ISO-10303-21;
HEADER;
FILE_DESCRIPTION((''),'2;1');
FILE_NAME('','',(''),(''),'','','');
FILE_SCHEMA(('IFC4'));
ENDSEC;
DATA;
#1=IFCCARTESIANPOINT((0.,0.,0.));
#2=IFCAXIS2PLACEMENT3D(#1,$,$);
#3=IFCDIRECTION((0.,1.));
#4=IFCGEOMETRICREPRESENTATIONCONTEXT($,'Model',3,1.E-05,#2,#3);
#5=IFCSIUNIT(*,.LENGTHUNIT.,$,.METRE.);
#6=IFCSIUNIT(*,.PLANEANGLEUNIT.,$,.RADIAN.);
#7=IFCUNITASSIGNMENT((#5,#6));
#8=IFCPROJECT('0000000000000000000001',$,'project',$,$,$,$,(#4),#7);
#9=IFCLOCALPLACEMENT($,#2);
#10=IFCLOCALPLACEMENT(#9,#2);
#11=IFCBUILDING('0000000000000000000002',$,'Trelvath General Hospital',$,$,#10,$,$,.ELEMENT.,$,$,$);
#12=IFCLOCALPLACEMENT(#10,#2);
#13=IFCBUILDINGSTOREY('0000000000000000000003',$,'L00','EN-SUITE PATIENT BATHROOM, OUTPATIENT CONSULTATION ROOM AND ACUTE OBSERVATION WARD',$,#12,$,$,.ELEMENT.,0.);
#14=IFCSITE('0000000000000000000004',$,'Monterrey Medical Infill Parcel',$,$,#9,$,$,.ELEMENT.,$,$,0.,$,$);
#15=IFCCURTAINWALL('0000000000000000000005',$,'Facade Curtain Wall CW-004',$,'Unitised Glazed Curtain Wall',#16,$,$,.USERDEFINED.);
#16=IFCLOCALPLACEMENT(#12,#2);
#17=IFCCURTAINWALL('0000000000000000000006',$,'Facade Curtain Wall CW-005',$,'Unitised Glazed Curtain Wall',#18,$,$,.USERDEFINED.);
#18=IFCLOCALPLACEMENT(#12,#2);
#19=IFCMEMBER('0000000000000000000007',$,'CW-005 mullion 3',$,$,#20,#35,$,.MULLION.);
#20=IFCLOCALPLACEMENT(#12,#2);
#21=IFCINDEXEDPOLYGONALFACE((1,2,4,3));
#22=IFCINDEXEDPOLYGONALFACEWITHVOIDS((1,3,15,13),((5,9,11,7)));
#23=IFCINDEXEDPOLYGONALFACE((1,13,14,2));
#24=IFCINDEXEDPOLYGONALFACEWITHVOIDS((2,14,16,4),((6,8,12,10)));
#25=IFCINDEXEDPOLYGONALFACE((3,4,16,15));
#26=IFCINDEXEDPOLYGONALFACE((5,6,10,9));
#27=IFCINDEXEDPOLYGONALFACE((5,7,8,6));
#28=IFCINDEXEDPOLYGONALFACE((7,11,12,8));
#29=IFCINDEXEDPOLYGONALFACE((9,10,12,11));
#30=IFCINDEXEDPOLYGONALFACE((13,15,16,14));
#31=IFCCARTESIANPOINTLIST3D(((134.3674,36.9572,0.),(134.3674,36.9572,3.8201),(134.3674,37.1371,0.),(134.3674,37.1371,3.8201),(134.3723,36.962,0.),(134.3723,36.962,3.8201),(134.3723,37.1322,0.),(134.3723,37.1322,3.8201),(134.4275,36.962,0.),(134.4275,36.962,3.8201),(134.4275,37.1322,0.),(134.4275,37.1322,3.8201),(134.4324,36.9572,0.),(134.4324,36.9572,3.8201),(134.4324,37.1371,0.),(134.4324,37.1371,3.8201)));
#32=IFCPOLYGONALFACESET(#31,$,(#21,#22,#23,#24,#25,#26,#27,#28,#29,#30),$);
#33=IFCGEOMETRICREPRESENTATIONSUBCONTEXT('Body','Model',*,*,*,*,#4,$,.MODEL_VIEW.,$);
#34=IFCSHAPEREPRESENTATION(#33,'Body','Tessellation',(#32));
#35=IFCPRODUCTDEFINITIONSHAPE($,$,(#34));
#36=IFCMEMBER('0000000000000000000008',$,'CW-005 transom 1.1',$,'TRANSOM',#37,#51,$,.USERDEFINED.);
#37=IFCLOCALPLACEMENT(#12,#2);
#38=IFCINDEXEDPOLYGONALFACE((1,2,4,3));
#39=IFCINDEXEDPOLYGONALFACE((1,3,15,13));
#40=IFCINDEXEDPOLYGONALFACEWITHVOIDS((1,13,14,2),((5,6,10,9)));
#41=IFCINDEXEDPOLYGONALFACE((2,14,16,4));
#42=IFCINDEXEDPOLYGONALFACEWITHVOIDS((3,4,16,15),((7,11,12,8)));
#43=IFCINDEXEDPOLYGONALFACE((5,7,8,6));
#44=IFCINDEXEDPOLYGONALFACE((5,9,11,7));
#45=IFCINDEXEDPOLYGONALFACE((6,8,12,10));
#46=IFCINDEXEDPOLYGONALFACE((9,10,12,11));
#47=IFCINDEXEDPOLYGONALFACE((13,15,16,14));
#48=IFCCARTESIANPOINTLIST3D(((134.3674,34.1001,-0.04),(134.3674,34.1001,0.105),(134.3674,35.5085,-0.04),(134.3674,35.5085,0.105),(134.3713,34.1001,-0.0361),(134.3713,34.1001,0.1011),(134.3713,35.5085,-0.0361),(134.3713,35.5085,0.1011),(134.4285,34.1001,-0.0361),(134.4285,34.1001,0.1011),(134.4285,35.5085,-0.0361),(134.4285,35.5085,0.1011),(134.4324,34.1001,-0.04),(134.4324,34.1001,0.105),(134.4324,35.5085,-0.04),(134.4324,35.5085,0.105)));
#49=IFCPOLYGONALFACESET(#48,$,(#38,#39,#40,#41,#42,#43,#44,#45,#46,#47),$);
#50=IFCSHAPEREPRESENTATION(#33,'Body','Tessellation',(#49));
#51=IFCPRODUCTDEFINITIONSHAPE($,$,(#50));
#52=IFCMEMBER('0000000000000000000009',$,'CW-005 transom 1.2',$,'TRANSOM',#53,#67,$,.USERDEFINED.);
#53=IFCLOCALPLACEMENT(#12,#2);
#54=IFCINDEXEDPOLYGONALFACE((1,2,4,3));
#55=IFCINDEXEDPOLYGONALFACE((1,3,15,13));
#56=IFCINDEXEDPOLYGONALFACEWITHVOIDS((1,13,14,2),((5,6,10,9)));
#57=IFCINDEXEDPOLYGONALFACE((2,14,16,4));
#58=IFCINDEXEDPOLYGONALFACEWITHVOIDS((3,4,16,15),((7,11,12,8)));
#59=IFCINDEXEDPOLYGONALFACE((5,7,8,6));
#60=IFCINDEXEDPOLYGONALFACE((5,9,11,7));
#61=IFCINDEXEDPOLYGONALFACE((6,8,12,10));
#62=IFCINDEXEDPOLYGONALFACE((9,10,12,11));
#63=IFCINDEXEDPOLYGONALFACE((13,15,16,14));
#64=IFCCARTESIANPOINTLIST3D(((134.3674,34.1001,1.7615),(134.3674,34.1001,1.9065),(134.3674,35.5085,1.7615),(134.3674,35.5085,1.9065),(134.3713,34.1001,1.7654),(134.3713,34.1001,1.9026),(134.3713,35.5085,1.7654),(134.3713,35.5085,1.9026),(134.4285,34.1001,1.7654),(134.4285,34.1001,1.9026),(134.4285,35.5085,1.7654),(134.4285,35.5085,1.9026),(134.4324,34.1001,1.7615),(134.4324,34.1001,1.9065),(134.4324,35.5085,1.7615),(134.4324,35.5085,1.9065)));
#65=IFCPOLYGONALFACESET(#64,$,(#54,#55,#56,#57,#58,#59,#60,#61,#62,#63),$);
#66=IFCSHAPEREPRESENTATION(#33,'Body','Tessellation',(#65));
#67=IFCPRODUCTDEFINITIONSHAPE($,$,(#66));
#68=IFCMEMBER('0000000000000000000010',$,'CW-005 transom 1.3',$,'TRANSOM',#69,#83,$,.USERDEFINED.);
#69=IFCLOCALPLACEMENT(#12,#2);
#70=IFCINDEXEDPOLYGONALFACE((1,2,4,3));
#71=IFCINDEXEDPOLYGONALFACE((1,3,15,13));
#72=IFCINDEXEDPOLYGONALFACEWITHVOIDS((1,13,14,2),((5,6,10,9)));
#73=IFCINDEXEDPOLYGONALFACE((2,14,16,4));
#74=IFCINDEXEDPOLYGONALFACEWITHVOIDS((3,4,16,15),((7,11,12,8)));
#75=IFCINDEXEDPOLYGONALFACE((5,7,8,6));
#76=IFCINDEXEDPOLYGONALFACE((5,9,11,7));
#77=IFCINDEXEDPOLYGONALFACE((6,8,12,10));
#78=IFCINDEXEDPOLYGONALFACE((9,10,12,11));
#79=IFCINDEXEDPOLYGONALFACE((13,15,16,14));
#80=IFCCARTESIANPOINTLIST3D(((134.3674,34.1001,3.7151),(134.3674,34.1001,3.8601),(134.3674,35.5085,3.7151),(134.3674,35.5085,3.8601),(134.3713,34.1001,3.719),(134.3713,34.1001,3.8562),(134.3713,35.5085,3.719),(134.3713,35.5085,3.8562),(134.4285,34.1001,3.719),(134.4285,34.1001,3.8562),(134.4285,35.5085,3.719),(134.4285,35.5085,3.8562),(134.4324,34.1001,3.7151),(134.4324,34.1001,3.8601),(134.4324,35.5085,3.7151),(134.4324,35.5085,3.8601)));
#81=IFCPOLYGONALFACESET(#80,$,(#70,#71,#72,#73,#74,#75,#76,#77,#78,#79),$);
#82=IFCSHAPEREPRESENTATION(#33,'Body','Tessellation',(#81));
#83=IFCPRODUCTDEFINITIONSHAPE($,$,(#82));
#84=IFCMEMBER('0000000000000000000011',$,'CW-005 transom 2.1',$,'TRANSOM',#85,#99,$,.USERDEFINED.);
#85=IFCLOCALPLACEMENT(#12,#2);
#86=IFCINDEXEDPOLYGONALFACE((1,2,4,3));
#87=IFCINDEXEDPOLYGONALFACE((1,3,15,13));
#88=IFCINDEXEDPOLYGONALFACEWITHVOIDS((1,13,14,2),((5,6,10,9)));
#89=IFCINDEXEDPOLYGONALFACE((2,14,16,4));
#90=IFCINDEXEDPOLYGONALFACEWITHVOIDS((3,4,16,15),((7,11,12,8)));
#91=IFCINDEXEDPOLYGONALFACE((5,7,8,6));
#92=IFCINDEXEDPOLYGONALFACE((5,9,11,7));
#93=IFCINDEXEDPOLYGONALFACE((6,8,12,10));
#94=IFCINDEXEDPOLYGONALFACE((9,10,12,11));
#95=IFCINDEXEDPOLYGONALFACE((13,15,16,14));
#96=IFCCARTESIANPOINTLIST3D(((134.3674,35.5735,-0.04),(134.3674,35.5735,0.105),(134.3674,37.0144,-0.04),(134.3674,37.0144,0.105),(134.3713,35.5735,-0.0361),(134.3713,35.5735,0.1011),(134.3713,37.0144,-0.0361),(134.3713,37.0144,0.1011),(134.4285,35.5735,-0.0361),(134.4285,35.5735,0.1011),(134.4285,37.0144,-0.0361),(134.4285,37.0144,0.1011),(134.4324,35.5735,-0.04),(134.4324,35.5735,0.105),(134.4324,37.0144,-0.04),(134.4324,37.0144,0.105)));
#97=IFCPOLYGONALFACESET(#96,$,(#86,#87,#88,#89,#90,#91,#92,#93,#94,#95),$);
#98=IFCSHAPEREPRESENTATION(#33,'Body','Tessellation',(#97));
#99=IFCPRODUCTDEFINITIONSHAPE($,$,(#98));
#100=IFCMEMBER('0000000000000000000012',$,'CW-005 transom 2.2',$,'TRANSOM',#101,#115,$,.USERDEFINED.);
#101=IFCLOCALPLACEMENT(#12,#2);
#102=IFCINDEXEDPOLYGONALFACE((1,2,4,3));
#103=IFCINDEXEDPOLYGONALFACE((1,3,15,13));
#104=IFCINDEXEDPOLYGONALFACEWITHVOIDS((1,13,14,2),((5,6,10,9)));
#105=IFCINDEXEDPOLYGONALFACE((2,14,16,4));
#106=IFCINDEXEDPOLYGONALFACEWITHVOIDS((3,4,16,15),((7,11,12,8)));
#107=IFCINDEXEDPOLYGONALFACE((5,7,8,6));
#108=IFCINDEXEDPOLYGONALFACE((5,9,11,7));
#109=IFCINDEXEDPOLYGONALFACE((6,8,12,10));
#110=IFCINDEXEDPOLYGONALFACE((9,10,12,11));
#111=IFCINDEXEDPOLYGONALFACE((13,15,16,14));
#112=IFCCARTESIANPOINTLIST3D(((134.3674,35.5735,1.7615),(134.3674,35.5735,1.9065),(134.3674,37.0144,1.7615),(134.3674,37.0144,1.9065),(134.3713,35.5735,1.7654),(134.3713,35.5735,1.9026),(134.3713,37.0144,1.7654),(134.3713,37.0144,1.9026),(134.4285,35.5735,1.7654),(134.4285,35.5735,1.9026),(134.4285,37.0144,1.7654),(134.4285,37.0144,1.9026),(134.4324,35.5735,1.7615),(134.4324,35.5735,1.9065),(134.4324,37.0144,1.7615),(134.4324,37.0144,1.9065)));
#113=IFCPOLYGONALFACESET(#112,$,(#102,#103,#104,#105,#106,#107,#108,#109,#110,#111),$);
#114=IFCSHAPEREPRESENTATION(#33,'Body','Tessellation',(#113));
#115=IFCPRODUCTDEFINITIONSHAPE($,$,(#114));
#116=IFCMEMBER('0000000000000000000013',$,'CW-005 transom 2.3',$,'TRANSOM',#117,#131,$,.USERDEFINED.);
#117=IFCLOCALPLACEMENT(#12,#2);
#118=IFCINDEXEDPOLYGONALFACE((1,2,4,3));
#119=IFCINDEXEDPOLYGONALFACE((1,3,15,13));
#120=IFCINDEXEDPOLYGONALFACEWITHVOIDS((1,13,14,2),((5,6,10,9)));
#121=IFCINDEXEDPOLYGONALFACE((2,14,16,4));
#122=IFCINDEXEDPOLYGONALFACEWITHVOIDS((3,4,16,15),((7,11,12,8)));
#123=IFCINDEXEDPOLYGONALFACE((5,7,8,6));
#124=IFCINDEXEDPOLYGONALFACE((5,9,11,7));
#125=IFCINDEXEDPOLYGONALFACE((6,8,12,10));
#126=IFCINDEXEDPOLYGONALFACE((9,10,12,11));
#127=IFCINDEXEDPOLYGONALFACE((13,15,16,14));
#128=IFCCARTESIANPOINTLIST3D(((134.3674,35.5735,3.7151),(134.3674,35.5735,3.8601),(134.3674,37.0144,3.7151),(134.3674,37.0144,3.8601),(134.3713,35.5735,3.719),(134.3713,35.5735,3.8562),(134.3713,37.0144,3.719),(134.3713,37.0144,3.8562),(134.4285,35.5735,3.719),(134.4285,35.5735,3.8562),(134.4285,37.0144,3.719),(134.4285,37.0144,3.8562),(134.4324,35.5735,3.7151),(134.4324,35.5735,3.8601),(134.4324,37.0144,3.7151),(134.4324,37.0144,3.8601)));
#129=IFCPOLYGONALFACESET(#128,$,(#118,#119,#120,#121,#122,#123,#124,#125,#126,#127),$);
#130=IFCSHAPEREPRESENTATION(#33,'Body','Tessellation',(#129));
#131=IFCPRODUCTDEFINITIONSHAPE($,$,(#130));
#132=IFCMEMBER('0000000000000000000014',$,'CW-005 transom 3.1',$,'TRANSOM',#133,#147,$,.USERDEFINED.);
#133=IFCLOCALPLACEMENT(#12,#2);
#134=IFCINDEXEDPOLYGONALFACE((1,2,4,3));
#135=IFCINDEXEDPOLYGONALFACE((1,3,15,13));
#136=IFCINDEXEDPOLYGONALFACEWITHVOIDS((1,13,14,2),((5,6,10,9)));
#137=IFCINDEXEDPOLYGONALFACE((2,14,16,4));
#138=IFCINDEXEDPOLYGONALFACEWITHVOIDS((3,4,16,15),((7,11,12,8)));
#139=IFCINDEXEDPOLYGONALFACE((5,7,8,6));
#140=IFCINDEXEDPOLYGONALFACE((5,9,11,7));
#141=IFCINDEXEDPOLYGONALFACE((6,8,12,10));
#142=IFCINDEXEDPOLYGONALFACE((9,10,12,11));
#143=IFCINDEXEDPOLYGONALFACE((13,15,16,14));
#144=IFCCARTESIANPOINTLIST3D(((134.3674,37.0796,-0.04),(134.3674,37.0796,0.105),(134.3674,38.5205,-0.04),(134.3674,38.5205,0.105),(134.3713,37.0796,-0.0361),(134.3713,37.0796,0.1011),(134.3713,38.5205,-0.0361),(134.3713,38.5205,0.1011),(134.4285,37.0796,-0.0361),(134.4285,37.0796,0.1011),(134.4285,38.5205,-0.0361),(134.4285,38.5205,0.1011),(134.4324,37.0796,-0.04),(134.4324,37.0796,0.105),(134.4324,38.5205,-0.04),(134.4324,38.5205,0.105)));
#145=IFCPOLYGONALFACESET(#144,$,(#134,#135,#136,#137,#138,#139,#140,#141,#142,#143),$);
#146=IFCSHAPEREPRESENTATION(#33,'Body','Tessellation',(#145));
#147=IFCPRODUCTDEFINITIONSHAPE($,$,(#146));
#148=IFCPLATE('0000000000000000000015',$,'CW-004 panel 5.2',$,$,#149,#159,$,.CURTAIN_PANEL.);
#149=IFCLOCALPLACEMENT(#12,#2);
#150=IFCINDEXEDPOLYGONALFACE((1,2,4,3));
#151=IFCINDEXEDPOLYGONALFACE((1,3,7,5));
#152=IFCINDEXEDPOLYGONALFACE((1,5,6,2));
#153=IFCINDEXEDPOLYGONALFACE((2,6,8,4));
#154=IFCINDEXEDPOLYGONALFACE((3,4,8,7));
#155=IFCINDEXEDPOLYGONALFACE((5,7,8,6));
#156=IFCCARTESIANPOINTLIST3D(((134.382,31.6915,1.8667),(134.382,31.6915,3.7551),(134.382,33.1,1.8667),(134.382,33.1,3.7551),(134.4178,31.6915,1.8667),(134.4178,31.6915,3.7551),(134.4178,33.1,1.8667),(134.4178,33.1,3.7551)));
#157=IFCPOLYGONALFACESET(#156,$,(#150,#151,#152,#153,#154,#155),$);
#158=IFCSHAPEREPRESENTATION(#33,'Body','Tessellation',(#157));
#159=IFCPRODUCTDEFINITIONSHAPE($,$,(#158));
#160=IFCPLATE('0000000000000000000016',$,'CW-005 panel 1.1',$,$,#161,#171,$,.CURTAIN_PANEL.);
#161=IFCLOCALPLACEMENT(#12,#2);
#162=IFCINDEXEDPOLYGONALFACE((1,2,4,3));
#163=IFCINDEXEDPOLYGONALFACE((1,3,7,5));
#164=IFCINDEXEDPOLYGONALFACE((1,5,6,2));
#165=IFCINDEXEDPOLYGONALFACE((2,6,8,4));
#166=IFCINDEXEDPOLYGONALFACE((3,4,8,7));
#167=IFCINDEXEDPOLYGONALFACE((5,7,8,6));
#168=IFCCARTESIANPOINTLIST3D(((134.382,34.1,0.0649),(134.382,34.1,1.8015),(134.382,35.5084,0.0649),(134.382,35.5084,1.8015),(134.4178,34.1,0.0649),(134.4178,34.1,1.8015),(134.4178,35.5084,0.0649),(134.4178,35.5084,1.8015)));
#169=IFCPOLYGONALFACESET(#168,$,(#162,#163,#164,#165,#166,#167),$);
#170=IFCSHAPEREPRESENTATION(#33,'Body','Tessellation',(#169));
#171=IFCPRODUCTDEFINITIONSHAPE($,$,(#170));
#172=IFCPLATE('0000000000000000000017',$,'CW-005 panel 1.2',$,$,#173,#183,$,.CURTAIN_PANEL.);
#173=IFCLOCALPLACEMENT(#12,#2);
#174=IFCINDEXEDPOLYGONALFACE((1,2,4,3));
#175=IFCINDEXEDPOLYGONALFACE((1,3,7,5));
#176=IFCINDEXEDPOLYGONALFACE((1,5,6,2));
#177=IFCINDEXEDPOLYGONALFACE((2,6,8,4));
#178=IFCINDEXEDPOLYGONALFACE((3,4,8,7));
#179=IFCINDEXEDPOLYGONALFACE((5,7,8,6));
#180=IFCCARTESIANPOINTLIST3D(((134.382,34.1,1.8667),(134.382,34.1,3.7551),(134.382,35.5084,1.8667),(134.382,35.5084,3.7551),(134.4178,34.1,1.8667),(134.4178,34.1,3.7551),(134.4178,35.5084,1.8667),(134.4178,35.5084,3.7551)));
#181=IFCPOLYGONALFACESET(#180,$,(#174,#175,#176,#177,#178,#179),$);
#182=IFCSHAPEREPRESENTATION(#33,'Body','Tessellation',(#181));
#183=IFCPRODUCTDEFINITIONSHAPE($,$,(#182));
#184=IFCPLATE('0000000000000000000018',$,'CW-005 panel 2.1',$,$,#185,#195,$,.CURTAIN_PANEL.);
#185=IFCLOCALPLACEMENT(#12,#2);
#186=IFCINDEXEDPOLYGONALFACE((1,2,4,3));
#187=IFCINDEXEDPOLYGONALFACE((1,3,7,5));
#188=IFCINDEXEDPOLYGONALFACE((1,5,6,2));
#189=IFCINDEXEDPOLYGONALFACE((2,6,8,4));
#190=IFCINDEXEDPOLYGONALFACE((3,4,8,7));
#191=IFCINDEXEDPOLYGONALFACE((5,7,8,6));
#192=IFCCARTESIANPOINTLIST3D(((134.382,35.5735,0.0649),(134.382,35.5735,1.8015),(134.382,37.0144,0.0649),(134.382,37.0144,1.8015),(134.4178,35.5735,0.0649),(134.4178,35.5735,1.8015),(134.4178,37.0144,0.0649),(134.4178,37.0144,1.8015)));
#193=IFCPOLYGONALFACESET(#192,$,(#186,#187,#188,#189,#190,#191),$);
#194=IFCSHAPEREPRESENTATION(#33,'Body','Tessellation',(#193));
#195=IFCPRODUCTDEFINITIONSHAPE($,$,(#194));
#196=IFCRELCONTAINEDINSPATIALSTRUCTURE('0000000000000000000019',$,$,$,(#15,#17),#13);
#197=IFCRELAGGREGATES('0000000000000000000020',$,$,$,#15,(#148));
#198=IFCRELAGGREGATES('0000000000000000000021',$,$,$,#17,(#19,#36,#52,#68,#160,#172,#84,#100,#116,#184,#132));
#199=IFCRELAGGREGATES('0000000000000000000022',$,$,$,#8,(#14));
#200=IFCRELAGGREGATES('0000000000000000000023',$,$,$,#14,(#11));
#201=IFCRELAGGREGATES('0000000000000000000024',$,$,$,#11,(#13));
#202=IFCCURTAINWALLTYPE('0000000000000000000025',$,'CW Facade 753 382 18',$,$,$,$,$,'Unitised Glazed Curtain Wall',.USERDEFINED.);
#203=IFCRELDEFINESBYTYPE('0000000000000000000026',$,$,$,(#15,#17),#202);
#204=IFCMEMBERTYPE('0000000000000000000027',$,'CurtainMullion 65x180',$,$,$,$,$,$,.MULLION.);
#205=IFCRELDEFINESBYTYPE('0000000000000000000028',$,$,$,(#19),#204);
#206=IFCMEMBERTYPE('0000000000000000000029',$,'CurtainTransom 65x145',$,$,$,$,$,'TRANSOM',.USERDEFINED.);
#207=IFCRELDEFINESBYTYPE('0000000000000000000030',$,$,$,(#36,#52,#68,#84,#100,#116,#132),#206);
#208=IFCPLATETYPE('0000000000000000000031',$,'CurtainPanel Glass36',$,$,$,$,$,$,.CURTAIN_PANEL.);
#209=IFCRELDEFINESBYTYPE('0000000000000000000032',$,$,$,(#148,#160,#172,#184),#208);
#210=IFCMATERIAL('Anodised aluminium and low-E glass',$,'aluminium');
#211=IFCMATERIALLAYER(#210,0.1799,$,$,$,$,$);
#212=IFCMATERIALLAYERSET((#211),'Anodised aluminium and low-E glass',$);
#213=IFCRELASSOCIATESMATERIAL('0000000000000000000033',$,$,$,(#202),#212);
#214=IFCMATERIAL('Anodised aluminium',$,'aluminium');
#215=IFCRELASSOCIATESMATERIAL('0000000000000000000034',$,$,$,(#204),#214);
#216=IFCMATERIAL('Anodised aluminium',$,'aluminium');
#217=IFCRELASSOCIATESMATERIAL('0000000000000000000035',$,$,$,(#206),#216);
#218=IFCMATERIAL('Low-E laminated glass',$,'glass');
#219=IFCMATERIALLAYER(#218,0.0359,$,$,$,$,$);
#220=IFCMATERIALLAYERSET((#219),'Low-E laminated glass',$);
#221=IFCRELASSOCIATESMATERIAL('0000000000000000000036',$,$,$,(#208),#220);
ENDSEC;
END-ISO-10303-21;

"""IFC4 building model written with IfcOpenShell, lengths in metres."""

from ifc_helpers import new_model, si_unit, direction, frame, origin, origin_2d, place, context, subcontext, project, spatial, rectangle, hollow_rectangle, extrude, material, layer, layer_set, material_profile, profile_set, type_object, element, aggregate, save


model = new_model("IFC4")

# Units and contexts
model_context = context("Model", 3, precision=1e-05, world=origin(), true_north=direction((0.0, 1.0)))
body_context = subcontext(model_context, "Body", "Model", "MODEL_VIEW")
ifc_project = project(units=[si_unit("LENGTHUNIT", "METRE"), si_unit("PLANEANGLEUNIT", "RADIAN")], contexts=[model_context])

# Site, building, storey
site_placement = place(None, origin())
site = spatial("IfcSite", under=ifc_project, at=site_placement, Name="Monterrey Medical Infill Parcel", CompositionType="ELEMENT", RefElevation=0.0)
building_placement = place(site_placement, origin())
building = spatial("IfcBuilding", under=site, at=building_placement, Name="Trelvath General Hospital", CompositionType="ELEMENT")
storey_placement = place(building_placement, origin())
storey = spatial("IfcBuildingStorey", under=building, at=storey_placement, Name="L00", Description="EN-SUITE PATIENT BATHROOM, OUTPATIENT CONSULTATION ROOM AND ACUTE OBSERVATION WARD", CompositionType="ELEMENT", Elevation=0.0)

# Curtain wall
ifc_material_1 = material(Name="Anodised aluminium and low-E glass", Category="aluminium")
ifc_layer_1 = layer(ifc_material_1, 0.1799)
ifc_layer_set_1 = layer_set([ifc_layer_1], Name="Anodised aluminium and low-E glass")
curtain_wall_type = type_object("IfcCurtainWallType", Name="CW Facade 753 382 18", ElementType="Unitised Glazed Curtain Wall", PredefinedType="USERDEFINED", material=ifc_layer_set_1)
curtain_wall_1_placement = place(storey_placement, origin())
curtain_wall_1 = element("IfcCurtainWall", 1, at=curtain_wall_1_placement, inside=storey, type_object=curtain_wall_type, Name="Facade Curtain Wall CW-004", ObjectType="Unitised Glazed Curtain Wall", PredefinedType="USERDEFINED")
ifc_material_2 = material(Name="Anodised aluminium", Category="aluminium")
ifc_material_profile_1 = material_profile(ifc_material_2, hollow_rectangle(XDim=0.0649, YDim=0.1799, WallThickness=0.0049, at=origin_2d()), Name="RHS65x180x5")
ifc_profile_set_1 = profile_set([ifc_material_profile_1], Name="Anodised aluminium")
member_type_1 = type_object("IfcMemberType", Name="CurtainMullion 65x180", PredefinedType="MULLION", material=ifc_profile_set_1)

# Curtain wall, members
curtain_wall_2_placement = place(storey_placement, origin())
curtain_wall_2 = element("IfcCurtainWall", 2, at=curtain_wall_2_placement, inside=storey, type_object=curtain_wall_type, Name="Facade Curtain Wall CW-005", ObjectType="Unitised Glazed Curtain Wall", PredefinedType="USERDEFINED")
member_1_placement = place(storey_placement, frame((134.3999, 37.0471, 0.0), z_axis=(0.0, 0.0, 1.0), x_axis=(-1.0, 0.0, 0.0)))
member_1 = element("IfcMember", 3, at=member_1_placement, type_object=member_type_1, Name="CW-005 mullion 3", PredefinedType="MULLION", context=body_context, shape_type="SweptSolid", body=[
    extrude(hollow_rectangle(XDim=0.0649, YDim=0.1799, WallThickness=0.0049, at=origin_2d()), origin(), (0.0, 0.0, 1.0), 3.8201),
])
ifc_material_3 = material(Name="Anodised aluminium", Category="aluminium")
ifc_material_profile_2 = material_profile(ifc_material_3, hollow_rectangle(XDim=0.0649, YDim=0.145, WallThickness=0.0039, at=origin_2d()), Name="RHS65x145x4")
ifc_profile_set_2 = profile_set([ifc_material_profile_2], Name="Anodised aluminium")
member_type_2 = type_object("IfcMemberType", Name="CurtainTransom 65x145", ElementType="TRANSOM", PredefinedType="USERDEFINED", material=ifc_profile_set_2)
member_2_placement = place(storey_placement, frame((134.3999, 34.1001, 0.0325), z_axis=(0.0, 1.0, 0.0), x_axis=(-1.0, 0.0, 0.0)))
member_2 = element("IfcMember", 4, at=member_2_placement, type_object=member_type_2, Name="CW-005 transom 1.1", ObjectType="TRANSOM", PredefinedType="USERDEFINED", context=body_context, shape_type="SweptSolid", body=[
    extrude(hollow_rectangle(XDim=0.0649, YDim=0.145, WallThickness=0.0039, at=origin_2d()), origin(), (0.0, 0.0, 1.0), 1.4084),
])
member_3_placement = place(storey_placement, frame((134.3999, 34.1001, 1.834), z_axis=(0.0, 1.0, 0.0), x_axis=(-1.0, 0.0, 0.0)))
member_3 = element("IfcMember", 5, at=member_3_placement, type_object=member_type_2, Name="CW-005 transom 1.2", ObjectType="TRANSOM", PredefinedType="USERDEFINED", context=body_context, shape_type="SweptSolid", body=[
    extrude(hollow_rectangle(XDim=0.0649, YDim=0.145, WallThickness=0.0039, at=origin_2d()), origin(), (0.0, 0.0, 1.0), 1.4084),
])
member_4_placement = place(storey_placement, frame((134.3999, 34.1001, 3.7876), z_axis=(0.0, 1.0, 0.0), x_axis=(-1.0, 0.0, 0.0)))
member_4 = element("IfcMember", 6, at=member_4_placement, type_object=member_type_2, Name="CW-005 transom 1.3", ObjectType="TRANSOM", PredefinedType="USERDEFINED", context=body_context, shape_type="SweptSolid", body=[
    extrude(hollow_rectangle(XDim=0.0649, YDim=0.145, WallThickness=0.0039, at=origin_2d()), origin(), (0.0, 0.0, 1.0), 1.4084),
])
member_5_placement = place(storey_placement, frame((134.3999, 35.5735, 0.0325), z_axis=(0.0, 1.0, 0.0), x_axis=(-1.0, 0.0, 0.0)))
member_5 = element("IfcMember", 7, at=member_5_placement, type_object=member_type_2, Name="CW-005 transom 2.1", ObjectType="TRANSOM", PredefinedType="USERDEFINED", context=body_context, shape_type="SweptSolid", body=[
    extrude(hollow_rectangle(XDim=0.0649, YDim=0.145, WallThickness=0.0039, at=origin_2d()), origin(), (0.0, 0.0, 1.0), 1.4409),
])
member_6_placement = place(storey_placement, frame((134.3999, 35.5735, 1.834), z_axis=(0.0, 1.0, 0.0), x_axis=(-1.0, 0.0, 0.0)))
member_6 = element("IfcMember", 8, at=member_6_placement, type_object=member_type_2, Name="CW-005 transom 2.2", ObjectType="TRANSOM", PredefinedType="USERDEFINED", context=body_context, shape_type="SweptSolid", body=[
    extrude(hollow_rectangle(XDim=0.0649, YDim=0.145, WallThickness=0.0039, at=origin_2d()), origin(), (0.0, 0.0, 1.0), 1.4409),
])
member_7_placement = place(storey_placement, frame((134.3999, 35.5735, 3.7876), z_axis=(0.0, 1.0, 0.0), x_axis=(-1.0, 0.0, 0.0)))
member_7 = element("IfcMember", 9, at=member_7_placement, type_object=member_type_2, Name="CW-005 transom 2.3", ObjectType="TRANSOM", PredefinedType="USERDEFINED", context=body_context, shape_type="SweptSolid", body=[
    extrude(hollow_rectangle(XDim=0.0649, YDim=0.145, WallThickness=0.0039, at=origin_2d()), origin(), (0.0, 0.0, 1.0), 1.4409),
])
member_8_placement = place(storey_placement, frame((134.3999, 37.0796, 0.0325), z_axis=(0.0, 1.0, 0.0), x_axis=(-1.0, 0.0, 0.0)))
member_8 = element("IfcMember", 10, at=member_8_placement, type_object=member_type_2, Name="CW-005 transom 3.1", ObjectType="TRANSOM", PredefinedType="USERDEFINED", context=body_context, shape_type="SweptSolid", body=[
    extrude(hollow_rectangle(XDim=0.0649, YDim=0.145, WallThickness=0.0039, at=origin_2d()), origin(), (0.0, 0.0, 1.0), 1.4409),
])

# Plates
ifc_material_4 = material(Name="Low-E laminated glass", Category="glass")
ifc_layer_2 = layer(ifc_material_4, 0.0359)
ifc_layer_set_2 = layer_set([ifc_layer_2], Name="Low-E laminated glass")
plate_type = type_object("IfcPlateType", Name="CurtainPanel Glass36", PredefinedType="CURTAIN_PANEL", material=ifc_layer_set_2)
plate_1_placement = place(storey_placement, frame((134.3999, 32.3958, 1.8667), z_axis=(0.0, 0.0, 1.0), x_axis=(0.0, 1.0, 0.0)))
plate_1 = element("IfcPlate", 11, at=plate_1_placement, type_object=plate_type, Name="CW-004 panel 5.2", PredefinedType="CURTAIN_PANEL", context=body_context, shape_type="SweptSolid", body=[
    extrude(rectangle(XDim=1.4084, YDim=0.0359, at=origin_2d()), origin(), (0.0, 0.0, 1.0), 1.8884),
])
aggregate(curtain_wall_1, [plate_1])
plate_2_placement = place(storey_placement, frame((134.3999, 34.8042, 0.0649), z_axis=(0.0, 0.0, 1.0), x_axis=(0.0, 1.0, 0.0)))
plate_2 = element("IfcPlate", 12, at=plate_2_placement, type_object=plate_type, Name="CW-005 panel 1.1", PredefinedType="CURTAIN_PANEL", context=body_context, shape_type="SweptSolid", body=[
    extrude(rectangle(XDim=1.4084, YDim=0.0359, at=origin_2d()), origin(), (0.0, 0.0, 1.0), 1.7366),
])
plate_3_placement = place(storey_placement, frame((134.3999, 34.8042, 1.8667), z_axis=(0.0, 0.0, 1.0), x_axis=(0.0, 1.0, 0.0)))
plate_3 = element("IfcPlate", 13, at=plate_3_placement, type_object=plate_type, Name="CW-005 panel 1.2", PredefinedType="CURTAIN_PANEL", context=body_context, shape_type="SweptSolid", body=[
    extrude(rectangle(XDim=1.4084, YDim=0.0359, at=origin_2d()), origin(), (0.0, 0.0, 1.0), 1.8884),
])
plate_4_placement = place(storey_placement, frame((134.3999, 36.2939, 0.0649), z_axis=(0.0, 0.0, 1.0), x_axis=(0.0, 1.0, 0.0)))
plate_4 = element("IfcPlate", 14, at=plate_4_placement, type_object=plate_type, Name="CW-005 panel 2.1", PredefinedType="CURTAIN_PANEL", context=body_context, shape_type="SweptSolid", body=[
    extrude(rectangle(XDim=1.4409, YDim=0.0359, at=origin_2d()), origin(), (0.0, 0.0, 1.0), 1.7366),
])
aggregate(curtain_wall_2, [member_1, member_2, member_3, member_4, plate_2, plate_3, member_5, member_6, member_7, plate_4, member_8])

save(model, "model.ifc")
